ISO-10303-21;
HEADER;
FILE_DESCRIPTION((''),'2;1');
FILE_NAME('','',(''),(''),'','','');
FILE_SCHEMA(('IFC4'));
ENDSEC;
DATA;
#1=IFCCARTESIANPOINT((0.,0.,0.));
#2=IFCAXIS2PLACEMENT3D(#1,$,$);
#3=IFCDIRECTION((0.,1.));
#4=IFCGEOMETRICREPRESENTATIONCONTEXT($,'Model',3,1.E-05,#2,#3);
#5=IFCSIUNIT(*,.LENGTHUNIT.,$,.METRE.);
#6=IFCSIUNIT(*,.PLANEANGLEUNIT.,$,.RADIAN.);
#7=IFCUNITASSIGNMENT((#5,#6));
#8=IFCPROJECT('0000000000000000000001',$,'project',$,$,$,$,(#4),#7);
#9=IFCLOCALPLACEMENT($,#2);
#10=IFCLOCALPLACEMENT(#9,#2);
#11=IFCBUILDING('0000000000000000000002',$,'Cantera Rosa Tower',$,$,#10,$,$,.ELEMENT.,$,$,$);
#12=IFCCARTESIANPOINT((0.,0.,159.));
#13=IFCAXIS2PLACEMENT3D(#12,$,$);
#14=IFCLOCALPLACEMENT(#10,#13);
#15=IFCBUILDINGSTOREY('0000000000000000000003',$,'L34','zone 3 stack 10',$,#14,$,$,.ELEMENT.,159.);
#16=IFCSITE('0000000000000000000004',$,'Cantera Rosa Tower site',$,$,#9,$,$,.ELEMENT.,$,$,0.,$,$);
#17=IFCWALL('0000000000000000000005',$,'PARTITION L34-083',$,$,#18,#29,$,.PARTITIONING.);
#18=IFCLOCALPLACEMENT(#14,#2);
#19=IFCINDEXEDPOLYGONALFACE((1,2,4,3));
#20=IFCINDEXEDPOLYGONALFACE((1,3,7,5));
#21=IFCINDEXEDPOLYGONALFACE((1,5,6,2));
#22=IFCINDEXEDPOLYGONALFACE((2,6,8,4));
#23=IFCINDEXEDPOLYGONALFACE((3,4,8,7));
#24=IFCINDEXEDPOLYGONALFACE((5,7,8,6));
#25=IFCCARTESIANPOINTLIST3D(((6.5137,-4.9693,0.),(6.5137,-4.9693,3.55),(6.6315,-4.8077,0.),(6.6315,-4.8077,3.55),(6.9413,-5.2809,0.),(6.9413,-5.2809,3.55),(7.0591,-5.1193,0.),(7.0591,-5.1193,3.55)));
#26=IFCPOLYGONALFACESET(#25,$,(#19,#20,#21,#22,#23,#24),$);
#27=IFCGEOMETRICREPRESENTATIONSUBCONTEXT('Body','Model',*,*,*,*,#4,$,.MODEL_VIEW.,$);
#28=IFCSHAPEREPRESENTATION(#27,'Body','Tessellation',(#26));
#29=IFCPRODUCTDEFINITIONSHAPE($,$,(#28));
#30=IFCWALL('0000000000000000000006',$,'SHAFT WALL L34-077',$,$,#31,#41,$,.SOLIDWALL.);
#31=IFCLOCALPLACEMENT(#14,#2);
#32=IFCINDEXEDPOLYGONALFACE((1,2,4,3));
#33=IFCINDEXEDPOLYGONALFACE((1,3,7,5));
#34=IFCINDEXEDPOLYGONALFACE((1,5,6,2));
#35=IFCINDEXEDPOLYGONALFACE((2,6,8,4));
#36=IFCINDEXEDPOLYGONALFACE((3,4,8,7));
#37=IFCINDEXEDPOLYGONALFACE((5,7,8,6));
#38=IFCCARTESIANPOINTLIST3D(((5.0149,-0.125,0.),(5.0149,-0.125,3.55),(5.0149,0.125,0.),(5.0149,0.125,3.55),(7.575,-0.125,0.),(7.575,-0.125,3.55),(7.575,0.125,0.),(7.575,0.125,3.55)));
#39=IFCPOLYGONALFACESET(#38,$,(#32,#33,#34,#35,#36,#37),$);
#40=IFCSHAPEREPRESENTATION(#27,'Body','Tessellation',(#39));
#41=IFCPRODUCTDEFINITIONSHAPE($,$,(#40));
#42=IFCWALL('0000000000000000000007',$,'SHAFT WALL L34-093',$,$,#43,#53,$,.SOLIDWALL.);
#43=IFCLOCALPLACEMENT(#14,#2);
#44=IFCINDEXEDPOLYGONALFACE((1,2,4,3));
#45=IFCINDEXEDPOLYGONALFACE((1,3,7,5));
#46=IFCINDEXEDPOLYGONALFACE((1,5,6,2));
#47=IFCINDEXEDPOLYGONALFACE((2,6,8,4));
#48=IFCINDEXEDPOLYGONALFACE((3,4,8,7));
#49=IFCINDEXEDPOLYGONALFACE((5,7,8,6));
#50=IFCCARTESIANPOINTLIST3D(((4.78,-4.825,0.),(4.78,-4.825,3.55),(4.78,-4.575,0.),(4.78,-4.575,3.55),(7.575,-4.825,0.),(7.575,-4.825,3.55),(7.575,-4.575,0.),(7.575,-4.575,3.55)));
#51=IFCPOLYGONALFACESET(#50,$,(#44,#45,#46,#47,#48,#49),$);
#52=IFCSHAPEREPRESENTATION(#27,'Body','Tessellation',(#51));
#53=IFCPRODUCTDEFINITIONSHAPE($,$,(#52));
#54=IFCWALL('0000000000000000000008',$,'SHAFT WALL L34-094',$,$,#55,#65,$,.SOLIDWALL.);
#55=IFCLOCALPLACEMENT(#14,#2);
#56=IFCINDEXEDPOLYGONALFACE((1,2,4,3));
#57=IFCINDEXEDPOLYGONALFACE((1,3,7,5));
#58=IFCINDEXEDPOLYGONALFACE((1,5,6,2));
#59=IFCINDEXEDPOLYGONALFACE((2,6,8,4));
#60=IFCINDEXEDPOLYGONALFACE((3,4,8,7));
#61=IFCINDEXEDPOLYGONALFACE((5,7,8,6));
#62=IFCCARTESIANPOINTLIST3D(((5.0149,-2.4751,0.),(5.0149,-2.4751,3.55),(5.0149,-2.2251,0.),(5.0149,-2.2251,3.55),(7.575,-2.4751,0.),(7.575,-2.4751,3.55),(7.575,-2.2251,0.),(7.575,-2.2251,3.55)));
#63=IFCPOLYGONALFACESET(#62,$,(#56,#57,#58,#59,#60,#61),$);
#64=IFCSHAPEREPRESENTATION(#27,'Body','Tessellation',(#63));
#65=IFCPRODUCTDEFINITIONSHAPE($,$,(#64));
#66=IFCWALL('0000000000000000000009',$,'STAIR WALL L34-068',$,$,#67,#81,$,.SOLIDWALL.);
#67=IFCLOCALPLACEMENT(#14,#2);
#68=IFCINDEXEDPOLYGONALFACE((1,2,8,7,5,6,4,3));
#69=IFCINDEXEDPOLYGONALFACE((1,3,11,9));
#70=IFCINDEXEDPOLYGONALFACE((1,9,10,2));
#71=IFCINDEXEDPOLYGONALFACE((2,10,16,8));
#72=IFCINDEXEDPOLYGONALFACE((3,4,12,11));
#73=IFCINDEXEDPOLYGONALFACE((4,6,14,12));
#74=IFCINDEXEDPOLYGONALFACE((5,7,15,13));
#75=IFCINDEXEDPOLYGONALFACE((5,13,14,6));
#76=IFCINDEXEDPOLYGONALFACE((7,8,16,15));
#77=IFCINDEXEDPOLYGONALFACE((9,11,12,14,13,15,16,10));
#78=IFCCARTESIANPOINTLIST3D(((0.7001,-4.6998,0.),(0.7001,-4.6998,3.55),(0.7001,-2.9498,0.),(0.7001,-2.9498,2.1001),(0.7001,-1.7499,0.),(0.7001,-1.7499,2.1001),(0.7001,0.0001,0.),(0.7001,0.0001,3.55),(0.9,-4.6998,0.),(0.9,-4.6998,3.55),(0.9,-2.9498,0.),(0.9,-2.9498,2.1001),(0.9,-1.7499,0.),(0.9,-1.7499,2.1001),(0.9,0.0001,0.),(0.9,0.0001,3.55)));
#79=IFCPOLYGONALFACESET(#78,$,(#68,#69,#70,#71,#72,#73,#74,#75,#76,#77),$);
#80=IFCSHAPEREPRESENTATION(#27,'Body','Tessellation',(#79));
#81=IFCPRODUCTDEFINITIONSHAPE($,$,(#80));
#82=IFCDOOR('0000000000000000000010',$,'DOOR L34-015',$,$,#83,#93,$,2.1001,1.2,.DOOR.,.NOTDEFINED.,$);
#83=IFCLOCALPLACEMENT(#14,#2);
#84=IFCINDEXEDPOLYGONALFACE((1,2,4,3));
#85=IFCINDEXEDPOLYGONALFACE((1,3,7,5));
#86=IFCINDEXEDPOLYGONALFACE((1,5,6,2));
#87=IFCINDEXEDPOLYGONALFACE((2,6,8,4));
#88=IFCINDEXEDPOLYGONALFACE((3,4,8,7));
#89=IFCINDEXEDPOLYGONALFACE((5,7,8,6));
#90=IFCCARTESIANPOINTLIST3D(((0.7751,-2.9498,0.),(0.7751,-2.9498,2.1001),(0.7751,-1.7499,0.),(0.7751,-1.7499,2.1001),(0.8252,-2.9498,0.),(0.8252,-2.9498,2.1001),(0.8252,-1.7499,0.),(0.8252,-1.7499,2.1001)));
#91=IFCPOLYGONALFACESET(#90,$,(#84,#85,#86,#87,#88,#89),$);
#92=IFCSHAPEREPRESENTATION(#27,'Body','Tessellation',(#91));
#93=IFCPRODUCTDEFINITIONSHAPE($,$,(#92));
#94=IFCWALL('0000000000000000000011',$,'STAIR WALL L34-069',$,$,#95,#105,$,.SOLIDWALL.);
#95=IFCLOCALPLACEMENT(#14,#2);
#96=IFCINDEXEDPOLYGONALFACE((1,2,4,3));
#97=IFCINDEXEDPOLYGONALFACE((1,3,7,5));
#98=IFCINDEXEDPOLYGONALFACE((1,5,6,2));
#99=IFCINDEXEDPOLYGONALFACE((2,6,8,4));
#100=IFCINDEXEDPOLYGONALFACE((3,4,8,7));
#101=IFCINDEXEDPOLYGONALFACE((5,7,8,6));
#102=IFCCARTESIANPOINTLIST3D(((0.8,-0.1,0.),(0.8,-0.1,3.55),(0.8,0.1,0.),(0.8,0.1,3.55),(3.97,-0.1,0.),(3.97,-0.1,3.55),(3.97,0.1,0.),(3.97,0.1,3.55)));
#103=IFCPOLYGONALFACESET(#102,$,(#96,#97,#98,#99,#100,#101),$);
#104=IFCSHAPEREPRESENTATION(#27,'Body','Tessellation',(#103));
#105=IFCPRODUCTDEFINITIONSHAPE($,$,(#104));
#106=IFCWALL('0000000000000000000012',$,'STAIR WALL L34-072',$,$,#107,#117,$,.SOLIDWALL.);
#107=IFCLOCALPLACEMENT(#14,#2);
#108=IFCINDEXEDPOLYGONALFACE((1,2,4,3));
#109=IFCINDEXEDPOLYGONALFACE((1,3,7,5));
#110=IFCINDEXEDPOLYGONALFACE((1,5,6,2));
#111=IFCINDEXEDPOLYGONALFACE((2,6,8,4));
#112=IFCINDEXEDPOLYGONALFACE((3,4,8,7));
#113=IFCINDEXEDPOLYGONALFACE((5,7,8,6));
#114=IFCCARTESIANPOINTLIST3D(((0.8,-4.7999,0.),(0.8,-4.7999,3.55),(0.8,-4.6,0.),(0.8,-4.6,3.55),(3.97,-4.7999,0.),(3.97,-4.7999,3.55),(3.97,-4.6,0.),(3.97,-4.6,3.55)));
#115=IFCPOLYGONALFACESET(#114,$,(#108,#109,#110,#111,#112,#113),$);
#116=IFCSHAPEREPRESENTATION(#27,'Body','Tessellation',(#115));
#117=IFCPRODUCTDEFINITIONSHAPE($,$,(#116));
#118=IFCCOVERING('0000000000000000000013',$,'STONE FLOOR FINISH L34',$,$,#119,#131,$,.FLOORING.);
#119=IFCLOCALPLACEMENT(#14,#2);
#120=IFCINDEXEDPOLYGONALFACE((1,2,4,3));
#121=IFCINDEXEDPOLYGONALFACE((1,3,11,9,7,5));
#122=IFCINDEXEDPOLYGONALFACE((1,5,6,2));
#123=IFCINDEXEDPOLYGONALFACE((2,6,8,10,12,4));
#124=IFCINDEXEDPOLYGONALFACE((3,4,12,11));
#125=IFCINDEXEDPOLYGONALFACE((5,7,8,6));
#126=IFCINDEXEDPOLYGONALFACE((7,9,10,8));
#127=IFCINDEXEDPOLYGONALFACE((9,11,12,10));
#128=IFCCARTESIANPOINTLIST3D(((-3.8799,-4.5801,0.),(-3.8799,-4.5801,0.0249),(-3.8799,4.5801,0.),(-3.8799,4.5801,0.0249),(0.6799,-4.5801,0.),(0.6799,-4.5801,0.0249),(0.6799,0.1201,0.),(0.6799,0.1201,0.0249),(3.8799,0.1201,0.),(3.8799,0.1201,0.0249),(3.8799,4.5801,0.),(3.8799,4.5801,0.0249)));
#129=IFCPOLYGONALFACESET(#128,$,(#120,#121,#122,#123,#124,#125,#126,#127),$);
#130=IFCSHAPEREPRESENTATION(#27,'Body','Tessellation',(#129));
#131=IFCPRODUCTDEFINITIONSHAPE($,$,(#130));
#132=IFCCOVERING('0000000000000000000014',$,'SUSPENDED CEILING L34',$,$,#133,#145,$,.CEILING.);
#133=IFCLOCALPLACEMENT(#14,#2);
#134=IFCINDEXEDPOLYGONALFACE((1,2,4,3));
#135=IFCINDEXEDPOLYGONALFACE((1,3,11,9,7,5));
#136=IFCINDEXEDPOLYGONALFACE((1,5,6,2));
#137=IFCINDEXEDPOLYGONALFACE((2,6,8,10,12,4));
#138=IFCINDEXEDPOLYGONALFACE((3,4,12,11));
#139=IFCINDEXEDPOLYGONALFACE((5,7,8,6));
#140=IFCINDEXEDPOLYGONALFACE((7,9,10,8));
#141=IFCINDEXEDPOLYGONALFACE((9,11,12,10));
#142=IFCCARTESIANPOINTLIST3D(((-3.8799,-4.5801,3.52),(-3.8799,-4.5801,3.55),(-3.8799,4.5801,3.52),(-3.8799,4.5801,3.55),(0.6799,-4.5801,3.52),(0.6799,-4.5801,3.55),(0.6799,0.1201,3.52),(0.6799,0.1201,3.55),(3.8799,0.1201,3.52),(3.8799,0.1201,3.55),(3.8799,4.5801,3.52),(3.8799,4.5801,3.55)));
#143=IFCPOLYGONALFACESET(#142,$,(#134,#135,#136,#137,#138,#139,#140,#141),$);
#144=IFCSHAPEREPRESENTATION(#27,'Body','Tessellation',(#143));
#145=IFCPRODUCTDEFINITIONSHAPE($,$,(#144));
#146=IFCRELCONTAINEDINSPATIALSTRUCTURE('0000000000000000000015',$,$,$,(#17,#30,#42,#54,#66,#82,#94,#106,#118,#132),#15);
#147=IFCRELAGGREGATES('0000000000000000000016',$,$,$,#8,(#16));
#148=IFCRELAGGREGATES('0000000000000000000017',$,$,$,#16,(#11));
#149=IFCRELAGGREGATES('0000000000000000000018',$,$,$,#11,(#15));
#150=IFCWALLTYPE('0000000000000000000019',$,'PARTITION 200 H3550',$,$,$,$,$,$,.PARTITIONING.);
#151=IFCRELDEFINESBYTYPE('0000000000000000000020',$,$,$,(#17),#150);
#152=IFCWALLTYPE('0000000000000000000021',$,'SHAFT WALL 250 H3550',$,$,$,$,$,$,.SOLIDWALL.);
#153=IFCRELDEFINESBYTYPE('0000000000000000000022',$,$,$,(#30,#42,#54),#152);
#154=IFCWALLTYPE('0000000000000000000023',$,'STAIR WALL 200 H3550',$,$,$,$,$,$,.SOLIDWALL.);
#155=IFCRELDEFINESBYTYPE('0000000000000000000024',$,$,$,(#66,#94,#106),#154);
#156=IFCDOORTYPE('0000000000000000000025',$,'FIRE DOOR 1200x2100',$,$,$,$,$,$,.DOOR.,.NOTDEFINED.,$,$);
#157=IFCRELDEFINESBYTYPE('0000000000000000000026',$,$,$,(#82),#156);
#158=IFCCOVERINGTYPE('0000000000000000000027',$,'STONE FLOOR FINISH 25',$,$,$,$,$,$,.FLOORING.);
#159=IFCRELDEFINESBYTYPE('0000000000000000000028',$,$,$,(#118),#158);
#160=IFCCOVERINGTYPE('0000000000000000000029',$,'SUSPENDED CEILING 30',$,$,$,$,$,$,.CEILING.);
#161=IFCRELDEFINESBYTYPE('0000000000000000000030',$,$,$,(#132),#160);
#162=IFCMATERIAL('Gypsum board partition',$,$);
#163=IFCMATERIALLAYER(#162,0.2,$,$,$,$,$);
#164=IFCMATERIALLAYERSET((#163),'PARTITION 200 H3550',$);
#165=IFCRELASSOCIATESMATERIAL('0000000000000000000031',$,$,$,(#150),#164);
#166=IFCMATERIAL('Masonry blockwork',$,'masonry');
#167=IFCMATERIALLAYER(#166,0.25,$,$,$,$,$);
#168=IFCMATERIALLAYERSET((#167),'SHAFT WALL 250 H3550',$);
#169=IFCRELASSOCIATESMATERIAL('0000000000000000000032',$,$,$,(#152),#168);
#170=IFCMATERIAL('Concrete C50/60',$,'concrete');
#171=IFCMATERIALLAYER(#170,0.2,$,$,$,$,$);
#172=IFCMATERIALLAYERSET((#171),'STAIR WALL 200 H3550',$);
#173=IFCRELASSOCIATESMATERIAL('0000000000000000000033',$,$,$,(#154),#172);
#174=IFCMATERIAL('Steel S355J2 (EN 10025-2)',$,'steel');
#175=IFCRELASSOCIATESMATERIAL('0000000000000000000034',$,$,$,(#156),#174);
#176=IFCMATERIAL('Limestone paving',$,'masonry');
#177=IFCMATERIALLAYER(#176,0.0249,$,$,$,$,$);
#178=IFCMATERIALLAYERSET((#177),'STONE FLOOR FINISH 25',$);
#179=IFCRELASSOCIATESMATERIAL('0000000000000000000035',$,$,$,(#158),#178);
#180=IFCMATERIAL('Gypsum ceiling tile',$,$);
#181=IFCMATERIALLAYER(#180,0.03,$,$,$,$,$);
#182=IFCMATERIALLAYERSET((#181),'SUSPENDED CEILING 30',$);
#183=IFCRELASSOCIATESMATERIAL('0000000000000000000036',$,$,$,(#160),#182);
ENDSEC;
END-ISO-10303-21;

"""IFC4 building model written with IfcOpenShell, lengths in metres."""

from ifc_helpers import new_model, si_unit, direction, frame, frame_2d, origin, place, context, subcontext, project, spatial, polyline, rectangle, outline, extrude, material, layer, layer_set, type_object, element, fill, save


model = new_model("IFC4")

# Units and contexts
model_context = context("Model", 3, precision=1e-05, world=origin(), true_north=direction((0.0, 1.0)))
body_context = subcontext(model_context, "Body", "Model", "MODEL_VIEW")
ifc_project = project(units=[si_unit("LENGTHUNIT", "METRE"), si_unit("PLANEANGLEUNIT", "RADIAN")], contexts=[model_context])

# Site, building, storey
site_placement = place(None, origin())
site = spatial("IfcSite", under=ifc_project, at=site_placement, Name="Cantera Rosa Tower site", CompositionType="ELEMENT", RefElevation=0.0)
building_placement = place(site_placement, origin())
building = spatial("IfcBuilding", under=site, at=building_placement, Name="Cantera Rosa Tower", CompositionType="ELEMENT")
storey_placement = place(building_placement, frame((0.0, 0.0, 159.0)))
storey = spatial("IfcBuildingStorey", under=building, at=storey_placement, Name="L34", Description="zone 3 stack 10", CompositionType="ELEMENT", Elevation=159.0)

# Walls
ifc_material_1 = material(Name="Gypsum board partition")
ifc_layer_1 = layer(ifc_material_1, 0.2)
ifc_layer_set_1 = layer_set([ifc_layer_1], Name="PARTITION 200 H3550")
wall_type_1 = type_object("IfcWallType", Name="PARTITION 200 H3550", PredefinedType="PARTITIONING", material=ifc_layer_set_1)
wall_1_placement = place(storey_placement, frame((6.5725, -4.8884, 0.0), z_axis=(0.0, 0.0, 1.0), x_axis=(0.808177, -0.58894, 0.0)))
element("IfcWall", 1, at=wall_1_placement, inside=storey, type_object=wall_type_1, Name="PARTITION L34-083", PredefinedType="PARTITIONING", context=body_context, shape_type="SweptSolid", body=[
    extrude(rectangle(XDim=0.5291, YDim=0.2, at=frame_2d((0.2646, 0.0))), origin(), (0.0, 0.0, 1.0), 3.55),
])
ifc_material_2 = material(Name="Masonry blockwork", Category="masonry")
ifc_layer_2 = layer(ifc_material_2, 0.25)
ifc_layer_set_2 = layer_set([ifc_layer_2], Name="SHAFT WALL 250 H3550")
wall_type_2 = type_object("IfcWallType", Name="SHAFT WALL 250 H3550", PredefinedType="SOLIDWALL", material=ifc_layer_set_2)
wall_2_placement = place(storey_placement, frame((5.0149, 0.0, 0.0), z_axis=(0.0, 0.0, 1.0), x_axis=(1.0, 0.0, 0.0)))
element("IfcWall", 2, at=wall_2_placement, inside=storey, type_object=wall_type_2, Name="SHAFT WALL L34-077", PredefinedType="SOLIDWALL", context=body_context, shape_type="SweptSolid", body=[
    extrude(rectangle(XDim=2.5601, YDim=0.25, at=frame_2d((1.28, 0.0))), origin(), (0.0, 0.0, 1.0), 3.55),
])
wall_3_placement = place(storey_placement, frame((7.575, -4.7, 0.0), z_axis=(0.0, 0.0, 1.0), x_axis=(-1.0, 0.0, 0.0)))
element("IfcWall", 3, at=wall_3_placement, inside=storey, type_object=wall_type_2, Name="SHAFT WALL L34-093", PredefinedType="SOLIDWALL", context=body_context, shape_type="SweptSolid", body=[
    extrude(rectangle(XDim=2.7949, YDim=0.25, at=frame_2d((1.3975, 0.0))), origin(), (0.0, 0.0, 1.0), 3.55),
])
wall_4_placement = place(storey_placement, frame((7.575, -2.3501, 0.0), z_axis=(0.0, 0.0, 1.0), x_axis=(-1.0, 0.0, 0.0)))
element("IfcWall", 4, at=wall_4_placement, inside=storey, type_object=wall_type_2, Name="SHAFT WALL L34-094", PredefinedType="SOLIDWALL", context=body_context, shape_type="SweptSolid", body=[
    extrude(rectangle(XDim=2.5601, YDim=0.25, at=frame_2d((1.28, 0.0))), origin(), (0.0, 0.0, 1.0), 3.55),
])

# Wall, opening, door
ifc_material_3 = material(Name="Concrete C50/60", Category="concrete")
ifc_layer_3 = layer(ifc_material_3, 0.2)
ifc_layer_set_3 = layer_set([ifc_layer_3], Name="STAIR WALL 200 H3550")
wall_type_3 = type_object("IfcWallType", Name="STAIR WALL 200 H3550", PredefinedType="SOLIDWALL", material=ifc_layer_set_3)
wall_5_placement = place(storey_placement, frame((0.8, -4.7, 0.0), z_axis=(0.0, 0.0, 1.0), x_axis=(0.0, 1.0, 0.0)))
wall_5 = element("IfcWall", 5, at=wall_5_placement, inside=storey, type_object=wall_type_3, Name="STAIR WALL L34-068", PredefinedType="SOLIDWALL", context=body_context, shape_type="SweptSolid", body=[
    extrude(rectangle(XDim=4.7, YDim=0.2, at=frame_2d((2.3501, 0.0))), origin(), (0.0, 0.0, 1.0), 3.55),
])
opening_1_placement = place(wall_5_placement, frame((1.75, 0.0, 0.0)))
opening_1 = element("IfcOpeningElement", 6, at=opening_1_placement, cuts=wall_5, PredefinedType="OPENING", context=body_context, shape_type="SweptSolid", body=[
    extrude(rectangle(XDim=1.2, YDim=2.1001, at=frame_2d((0.6001, 1.05))), frame((0.0, 0.1099, 0.0), z_axis=(0.0, -1.0, 0.0), x_axis=(1.0, 0.0, 0.0)), (0.0, 0.0, 1.0), 0.22),
])
ifc_material_4 = material(Name="Steel S355J2 (EN 10025-2)", Category="steel")
door_type_1 = type_object("IfcDoorType", Name="FIRE DOOR 1200x2100", OperationType="NOTDEFINED", PredefinedType="DOOR", material=ifc_material_4)
door_1_placement = place(opening_1_placement, origin())
door_1 = element("IfcDoor", 7, at=door_1_placement, inside=storey, type_object=door_type_1, Name="DOOR L34-015", OperationType="NOTDEFINED", OverallHeight=2.1001, OverallWidth=1.2, PredefinedType="DOOR", context=body_context, shape_type="SweptSolid", body=[
    extrude(rectangle(XDim=1.2, YDim=2.1001, at=frame_2d((0.6001, 1.05))), frame((0.0, 0.0249, 0.0), z_axis=(0.0, -1.0, 0.0), x_axis=(1.0, 0.0, 0.0)), (0.0, 0.0, 1.0), 0.05),
])
fill(opening_1, door_1)

# Walls
for number, where, z_axis, x_axis, name in (
    (8, (0.8, 0.0, 0.0), (0.0, 0.0, 1.0), (1.0, 0.0, 0.0), "STAIR WALL L34-069"),
    (9, (3.97, -4.7, 0.0), (0.0, 0.0, 1.0), (-1.0, 0.0, 0.0), "STAIR WALL L34-072"),
):
    element("IfcWall", number, at=place(storey_placement, frame(where, z_axis=z_axis, x_axis=x_axis)), inside=storey, type_object=wall_type_3, Name=name, PredefinedType="SOLIDWALL", context=body_context, shape_type="SweptSolid", body=[
        extrude(rectangle(XDim=3.1699, YDim=0.2, at=frame_2d((1.585, 0.0))), origin(), (0.0, 0.0, 1.0), 3.55),
    ])

# Coverings
ifc_material_5 = material(Name="Limestone paving", Category="masonry")
ifc_layer_4 = layer(ifc_material_5, 0.0249)
ifc_layer_set_4 = layer_set([ifc_layer_4], Name="STONE FLOOR FINISH 25")
covering_type_1 = type_object("IfcCoveringType", Name="STONE FLOOR FINISH 25", PredefinedType="FLOORING", material=ifc_layer_set_4)
covering_1_placement = place(storey_placement, origin())
element("IfcCovering", 10, at=covering_1_placement, inside=storey, type_object=covering_type_1, Name="STONE FLOOR FINISH L34", PredefinedType="FLOORING", context=body_context, shape_type="SweptSolid", body=[
    extrude(outline(polyline([(3.8799, 4.5801), (3.8799, 0.1201), (0.6799, 0.1201), (0.6799, -4.5801), (-3.8799, -4.5801), (-3.8799, 4.5801), (3.8799, 4.5801)])), origin(), (0.0, 0.0, 1.0), 0.0249),
])
ifc_material_6 = material(Name="Gypsum ceiling tile")
ifc_layer_5 = layer(ifc_material_6, 0.03)
ifc_layer_set_5 = layer_set([ifc_layer_5], Name="SUSPENDED CEILING 30")
covering_type_2 = type_object("IfcCoveringType", Name="SUSPENDED CEILING 30", PredefinedType="CEILING", material=ifc_layer_set_5)
covering_2_placement = place(storey_placement, frame((0.0, 0.0, 3.52)))
element("IfcCovering", 11, at=covering_2_placement, inside=storey, type_object=covering_type_2, Name="SUSPENDED CEILING L34", PredefinedType="CEILING", context=body_context, shape_type="SweptSolid", body=[
    extrude(outline(polyline([(3.8799, 4.5801), (3.8799, 0.1201), (0.6799, 0.1201), (0.6799, -4.5801), (-3.8799, -4.5801), (-3.8799, 4.5801), (3.8799, 4.5801)])), origin(), (0.0, 0.0, 1.0), 0.03),
])

save(model, "model.ifc")
